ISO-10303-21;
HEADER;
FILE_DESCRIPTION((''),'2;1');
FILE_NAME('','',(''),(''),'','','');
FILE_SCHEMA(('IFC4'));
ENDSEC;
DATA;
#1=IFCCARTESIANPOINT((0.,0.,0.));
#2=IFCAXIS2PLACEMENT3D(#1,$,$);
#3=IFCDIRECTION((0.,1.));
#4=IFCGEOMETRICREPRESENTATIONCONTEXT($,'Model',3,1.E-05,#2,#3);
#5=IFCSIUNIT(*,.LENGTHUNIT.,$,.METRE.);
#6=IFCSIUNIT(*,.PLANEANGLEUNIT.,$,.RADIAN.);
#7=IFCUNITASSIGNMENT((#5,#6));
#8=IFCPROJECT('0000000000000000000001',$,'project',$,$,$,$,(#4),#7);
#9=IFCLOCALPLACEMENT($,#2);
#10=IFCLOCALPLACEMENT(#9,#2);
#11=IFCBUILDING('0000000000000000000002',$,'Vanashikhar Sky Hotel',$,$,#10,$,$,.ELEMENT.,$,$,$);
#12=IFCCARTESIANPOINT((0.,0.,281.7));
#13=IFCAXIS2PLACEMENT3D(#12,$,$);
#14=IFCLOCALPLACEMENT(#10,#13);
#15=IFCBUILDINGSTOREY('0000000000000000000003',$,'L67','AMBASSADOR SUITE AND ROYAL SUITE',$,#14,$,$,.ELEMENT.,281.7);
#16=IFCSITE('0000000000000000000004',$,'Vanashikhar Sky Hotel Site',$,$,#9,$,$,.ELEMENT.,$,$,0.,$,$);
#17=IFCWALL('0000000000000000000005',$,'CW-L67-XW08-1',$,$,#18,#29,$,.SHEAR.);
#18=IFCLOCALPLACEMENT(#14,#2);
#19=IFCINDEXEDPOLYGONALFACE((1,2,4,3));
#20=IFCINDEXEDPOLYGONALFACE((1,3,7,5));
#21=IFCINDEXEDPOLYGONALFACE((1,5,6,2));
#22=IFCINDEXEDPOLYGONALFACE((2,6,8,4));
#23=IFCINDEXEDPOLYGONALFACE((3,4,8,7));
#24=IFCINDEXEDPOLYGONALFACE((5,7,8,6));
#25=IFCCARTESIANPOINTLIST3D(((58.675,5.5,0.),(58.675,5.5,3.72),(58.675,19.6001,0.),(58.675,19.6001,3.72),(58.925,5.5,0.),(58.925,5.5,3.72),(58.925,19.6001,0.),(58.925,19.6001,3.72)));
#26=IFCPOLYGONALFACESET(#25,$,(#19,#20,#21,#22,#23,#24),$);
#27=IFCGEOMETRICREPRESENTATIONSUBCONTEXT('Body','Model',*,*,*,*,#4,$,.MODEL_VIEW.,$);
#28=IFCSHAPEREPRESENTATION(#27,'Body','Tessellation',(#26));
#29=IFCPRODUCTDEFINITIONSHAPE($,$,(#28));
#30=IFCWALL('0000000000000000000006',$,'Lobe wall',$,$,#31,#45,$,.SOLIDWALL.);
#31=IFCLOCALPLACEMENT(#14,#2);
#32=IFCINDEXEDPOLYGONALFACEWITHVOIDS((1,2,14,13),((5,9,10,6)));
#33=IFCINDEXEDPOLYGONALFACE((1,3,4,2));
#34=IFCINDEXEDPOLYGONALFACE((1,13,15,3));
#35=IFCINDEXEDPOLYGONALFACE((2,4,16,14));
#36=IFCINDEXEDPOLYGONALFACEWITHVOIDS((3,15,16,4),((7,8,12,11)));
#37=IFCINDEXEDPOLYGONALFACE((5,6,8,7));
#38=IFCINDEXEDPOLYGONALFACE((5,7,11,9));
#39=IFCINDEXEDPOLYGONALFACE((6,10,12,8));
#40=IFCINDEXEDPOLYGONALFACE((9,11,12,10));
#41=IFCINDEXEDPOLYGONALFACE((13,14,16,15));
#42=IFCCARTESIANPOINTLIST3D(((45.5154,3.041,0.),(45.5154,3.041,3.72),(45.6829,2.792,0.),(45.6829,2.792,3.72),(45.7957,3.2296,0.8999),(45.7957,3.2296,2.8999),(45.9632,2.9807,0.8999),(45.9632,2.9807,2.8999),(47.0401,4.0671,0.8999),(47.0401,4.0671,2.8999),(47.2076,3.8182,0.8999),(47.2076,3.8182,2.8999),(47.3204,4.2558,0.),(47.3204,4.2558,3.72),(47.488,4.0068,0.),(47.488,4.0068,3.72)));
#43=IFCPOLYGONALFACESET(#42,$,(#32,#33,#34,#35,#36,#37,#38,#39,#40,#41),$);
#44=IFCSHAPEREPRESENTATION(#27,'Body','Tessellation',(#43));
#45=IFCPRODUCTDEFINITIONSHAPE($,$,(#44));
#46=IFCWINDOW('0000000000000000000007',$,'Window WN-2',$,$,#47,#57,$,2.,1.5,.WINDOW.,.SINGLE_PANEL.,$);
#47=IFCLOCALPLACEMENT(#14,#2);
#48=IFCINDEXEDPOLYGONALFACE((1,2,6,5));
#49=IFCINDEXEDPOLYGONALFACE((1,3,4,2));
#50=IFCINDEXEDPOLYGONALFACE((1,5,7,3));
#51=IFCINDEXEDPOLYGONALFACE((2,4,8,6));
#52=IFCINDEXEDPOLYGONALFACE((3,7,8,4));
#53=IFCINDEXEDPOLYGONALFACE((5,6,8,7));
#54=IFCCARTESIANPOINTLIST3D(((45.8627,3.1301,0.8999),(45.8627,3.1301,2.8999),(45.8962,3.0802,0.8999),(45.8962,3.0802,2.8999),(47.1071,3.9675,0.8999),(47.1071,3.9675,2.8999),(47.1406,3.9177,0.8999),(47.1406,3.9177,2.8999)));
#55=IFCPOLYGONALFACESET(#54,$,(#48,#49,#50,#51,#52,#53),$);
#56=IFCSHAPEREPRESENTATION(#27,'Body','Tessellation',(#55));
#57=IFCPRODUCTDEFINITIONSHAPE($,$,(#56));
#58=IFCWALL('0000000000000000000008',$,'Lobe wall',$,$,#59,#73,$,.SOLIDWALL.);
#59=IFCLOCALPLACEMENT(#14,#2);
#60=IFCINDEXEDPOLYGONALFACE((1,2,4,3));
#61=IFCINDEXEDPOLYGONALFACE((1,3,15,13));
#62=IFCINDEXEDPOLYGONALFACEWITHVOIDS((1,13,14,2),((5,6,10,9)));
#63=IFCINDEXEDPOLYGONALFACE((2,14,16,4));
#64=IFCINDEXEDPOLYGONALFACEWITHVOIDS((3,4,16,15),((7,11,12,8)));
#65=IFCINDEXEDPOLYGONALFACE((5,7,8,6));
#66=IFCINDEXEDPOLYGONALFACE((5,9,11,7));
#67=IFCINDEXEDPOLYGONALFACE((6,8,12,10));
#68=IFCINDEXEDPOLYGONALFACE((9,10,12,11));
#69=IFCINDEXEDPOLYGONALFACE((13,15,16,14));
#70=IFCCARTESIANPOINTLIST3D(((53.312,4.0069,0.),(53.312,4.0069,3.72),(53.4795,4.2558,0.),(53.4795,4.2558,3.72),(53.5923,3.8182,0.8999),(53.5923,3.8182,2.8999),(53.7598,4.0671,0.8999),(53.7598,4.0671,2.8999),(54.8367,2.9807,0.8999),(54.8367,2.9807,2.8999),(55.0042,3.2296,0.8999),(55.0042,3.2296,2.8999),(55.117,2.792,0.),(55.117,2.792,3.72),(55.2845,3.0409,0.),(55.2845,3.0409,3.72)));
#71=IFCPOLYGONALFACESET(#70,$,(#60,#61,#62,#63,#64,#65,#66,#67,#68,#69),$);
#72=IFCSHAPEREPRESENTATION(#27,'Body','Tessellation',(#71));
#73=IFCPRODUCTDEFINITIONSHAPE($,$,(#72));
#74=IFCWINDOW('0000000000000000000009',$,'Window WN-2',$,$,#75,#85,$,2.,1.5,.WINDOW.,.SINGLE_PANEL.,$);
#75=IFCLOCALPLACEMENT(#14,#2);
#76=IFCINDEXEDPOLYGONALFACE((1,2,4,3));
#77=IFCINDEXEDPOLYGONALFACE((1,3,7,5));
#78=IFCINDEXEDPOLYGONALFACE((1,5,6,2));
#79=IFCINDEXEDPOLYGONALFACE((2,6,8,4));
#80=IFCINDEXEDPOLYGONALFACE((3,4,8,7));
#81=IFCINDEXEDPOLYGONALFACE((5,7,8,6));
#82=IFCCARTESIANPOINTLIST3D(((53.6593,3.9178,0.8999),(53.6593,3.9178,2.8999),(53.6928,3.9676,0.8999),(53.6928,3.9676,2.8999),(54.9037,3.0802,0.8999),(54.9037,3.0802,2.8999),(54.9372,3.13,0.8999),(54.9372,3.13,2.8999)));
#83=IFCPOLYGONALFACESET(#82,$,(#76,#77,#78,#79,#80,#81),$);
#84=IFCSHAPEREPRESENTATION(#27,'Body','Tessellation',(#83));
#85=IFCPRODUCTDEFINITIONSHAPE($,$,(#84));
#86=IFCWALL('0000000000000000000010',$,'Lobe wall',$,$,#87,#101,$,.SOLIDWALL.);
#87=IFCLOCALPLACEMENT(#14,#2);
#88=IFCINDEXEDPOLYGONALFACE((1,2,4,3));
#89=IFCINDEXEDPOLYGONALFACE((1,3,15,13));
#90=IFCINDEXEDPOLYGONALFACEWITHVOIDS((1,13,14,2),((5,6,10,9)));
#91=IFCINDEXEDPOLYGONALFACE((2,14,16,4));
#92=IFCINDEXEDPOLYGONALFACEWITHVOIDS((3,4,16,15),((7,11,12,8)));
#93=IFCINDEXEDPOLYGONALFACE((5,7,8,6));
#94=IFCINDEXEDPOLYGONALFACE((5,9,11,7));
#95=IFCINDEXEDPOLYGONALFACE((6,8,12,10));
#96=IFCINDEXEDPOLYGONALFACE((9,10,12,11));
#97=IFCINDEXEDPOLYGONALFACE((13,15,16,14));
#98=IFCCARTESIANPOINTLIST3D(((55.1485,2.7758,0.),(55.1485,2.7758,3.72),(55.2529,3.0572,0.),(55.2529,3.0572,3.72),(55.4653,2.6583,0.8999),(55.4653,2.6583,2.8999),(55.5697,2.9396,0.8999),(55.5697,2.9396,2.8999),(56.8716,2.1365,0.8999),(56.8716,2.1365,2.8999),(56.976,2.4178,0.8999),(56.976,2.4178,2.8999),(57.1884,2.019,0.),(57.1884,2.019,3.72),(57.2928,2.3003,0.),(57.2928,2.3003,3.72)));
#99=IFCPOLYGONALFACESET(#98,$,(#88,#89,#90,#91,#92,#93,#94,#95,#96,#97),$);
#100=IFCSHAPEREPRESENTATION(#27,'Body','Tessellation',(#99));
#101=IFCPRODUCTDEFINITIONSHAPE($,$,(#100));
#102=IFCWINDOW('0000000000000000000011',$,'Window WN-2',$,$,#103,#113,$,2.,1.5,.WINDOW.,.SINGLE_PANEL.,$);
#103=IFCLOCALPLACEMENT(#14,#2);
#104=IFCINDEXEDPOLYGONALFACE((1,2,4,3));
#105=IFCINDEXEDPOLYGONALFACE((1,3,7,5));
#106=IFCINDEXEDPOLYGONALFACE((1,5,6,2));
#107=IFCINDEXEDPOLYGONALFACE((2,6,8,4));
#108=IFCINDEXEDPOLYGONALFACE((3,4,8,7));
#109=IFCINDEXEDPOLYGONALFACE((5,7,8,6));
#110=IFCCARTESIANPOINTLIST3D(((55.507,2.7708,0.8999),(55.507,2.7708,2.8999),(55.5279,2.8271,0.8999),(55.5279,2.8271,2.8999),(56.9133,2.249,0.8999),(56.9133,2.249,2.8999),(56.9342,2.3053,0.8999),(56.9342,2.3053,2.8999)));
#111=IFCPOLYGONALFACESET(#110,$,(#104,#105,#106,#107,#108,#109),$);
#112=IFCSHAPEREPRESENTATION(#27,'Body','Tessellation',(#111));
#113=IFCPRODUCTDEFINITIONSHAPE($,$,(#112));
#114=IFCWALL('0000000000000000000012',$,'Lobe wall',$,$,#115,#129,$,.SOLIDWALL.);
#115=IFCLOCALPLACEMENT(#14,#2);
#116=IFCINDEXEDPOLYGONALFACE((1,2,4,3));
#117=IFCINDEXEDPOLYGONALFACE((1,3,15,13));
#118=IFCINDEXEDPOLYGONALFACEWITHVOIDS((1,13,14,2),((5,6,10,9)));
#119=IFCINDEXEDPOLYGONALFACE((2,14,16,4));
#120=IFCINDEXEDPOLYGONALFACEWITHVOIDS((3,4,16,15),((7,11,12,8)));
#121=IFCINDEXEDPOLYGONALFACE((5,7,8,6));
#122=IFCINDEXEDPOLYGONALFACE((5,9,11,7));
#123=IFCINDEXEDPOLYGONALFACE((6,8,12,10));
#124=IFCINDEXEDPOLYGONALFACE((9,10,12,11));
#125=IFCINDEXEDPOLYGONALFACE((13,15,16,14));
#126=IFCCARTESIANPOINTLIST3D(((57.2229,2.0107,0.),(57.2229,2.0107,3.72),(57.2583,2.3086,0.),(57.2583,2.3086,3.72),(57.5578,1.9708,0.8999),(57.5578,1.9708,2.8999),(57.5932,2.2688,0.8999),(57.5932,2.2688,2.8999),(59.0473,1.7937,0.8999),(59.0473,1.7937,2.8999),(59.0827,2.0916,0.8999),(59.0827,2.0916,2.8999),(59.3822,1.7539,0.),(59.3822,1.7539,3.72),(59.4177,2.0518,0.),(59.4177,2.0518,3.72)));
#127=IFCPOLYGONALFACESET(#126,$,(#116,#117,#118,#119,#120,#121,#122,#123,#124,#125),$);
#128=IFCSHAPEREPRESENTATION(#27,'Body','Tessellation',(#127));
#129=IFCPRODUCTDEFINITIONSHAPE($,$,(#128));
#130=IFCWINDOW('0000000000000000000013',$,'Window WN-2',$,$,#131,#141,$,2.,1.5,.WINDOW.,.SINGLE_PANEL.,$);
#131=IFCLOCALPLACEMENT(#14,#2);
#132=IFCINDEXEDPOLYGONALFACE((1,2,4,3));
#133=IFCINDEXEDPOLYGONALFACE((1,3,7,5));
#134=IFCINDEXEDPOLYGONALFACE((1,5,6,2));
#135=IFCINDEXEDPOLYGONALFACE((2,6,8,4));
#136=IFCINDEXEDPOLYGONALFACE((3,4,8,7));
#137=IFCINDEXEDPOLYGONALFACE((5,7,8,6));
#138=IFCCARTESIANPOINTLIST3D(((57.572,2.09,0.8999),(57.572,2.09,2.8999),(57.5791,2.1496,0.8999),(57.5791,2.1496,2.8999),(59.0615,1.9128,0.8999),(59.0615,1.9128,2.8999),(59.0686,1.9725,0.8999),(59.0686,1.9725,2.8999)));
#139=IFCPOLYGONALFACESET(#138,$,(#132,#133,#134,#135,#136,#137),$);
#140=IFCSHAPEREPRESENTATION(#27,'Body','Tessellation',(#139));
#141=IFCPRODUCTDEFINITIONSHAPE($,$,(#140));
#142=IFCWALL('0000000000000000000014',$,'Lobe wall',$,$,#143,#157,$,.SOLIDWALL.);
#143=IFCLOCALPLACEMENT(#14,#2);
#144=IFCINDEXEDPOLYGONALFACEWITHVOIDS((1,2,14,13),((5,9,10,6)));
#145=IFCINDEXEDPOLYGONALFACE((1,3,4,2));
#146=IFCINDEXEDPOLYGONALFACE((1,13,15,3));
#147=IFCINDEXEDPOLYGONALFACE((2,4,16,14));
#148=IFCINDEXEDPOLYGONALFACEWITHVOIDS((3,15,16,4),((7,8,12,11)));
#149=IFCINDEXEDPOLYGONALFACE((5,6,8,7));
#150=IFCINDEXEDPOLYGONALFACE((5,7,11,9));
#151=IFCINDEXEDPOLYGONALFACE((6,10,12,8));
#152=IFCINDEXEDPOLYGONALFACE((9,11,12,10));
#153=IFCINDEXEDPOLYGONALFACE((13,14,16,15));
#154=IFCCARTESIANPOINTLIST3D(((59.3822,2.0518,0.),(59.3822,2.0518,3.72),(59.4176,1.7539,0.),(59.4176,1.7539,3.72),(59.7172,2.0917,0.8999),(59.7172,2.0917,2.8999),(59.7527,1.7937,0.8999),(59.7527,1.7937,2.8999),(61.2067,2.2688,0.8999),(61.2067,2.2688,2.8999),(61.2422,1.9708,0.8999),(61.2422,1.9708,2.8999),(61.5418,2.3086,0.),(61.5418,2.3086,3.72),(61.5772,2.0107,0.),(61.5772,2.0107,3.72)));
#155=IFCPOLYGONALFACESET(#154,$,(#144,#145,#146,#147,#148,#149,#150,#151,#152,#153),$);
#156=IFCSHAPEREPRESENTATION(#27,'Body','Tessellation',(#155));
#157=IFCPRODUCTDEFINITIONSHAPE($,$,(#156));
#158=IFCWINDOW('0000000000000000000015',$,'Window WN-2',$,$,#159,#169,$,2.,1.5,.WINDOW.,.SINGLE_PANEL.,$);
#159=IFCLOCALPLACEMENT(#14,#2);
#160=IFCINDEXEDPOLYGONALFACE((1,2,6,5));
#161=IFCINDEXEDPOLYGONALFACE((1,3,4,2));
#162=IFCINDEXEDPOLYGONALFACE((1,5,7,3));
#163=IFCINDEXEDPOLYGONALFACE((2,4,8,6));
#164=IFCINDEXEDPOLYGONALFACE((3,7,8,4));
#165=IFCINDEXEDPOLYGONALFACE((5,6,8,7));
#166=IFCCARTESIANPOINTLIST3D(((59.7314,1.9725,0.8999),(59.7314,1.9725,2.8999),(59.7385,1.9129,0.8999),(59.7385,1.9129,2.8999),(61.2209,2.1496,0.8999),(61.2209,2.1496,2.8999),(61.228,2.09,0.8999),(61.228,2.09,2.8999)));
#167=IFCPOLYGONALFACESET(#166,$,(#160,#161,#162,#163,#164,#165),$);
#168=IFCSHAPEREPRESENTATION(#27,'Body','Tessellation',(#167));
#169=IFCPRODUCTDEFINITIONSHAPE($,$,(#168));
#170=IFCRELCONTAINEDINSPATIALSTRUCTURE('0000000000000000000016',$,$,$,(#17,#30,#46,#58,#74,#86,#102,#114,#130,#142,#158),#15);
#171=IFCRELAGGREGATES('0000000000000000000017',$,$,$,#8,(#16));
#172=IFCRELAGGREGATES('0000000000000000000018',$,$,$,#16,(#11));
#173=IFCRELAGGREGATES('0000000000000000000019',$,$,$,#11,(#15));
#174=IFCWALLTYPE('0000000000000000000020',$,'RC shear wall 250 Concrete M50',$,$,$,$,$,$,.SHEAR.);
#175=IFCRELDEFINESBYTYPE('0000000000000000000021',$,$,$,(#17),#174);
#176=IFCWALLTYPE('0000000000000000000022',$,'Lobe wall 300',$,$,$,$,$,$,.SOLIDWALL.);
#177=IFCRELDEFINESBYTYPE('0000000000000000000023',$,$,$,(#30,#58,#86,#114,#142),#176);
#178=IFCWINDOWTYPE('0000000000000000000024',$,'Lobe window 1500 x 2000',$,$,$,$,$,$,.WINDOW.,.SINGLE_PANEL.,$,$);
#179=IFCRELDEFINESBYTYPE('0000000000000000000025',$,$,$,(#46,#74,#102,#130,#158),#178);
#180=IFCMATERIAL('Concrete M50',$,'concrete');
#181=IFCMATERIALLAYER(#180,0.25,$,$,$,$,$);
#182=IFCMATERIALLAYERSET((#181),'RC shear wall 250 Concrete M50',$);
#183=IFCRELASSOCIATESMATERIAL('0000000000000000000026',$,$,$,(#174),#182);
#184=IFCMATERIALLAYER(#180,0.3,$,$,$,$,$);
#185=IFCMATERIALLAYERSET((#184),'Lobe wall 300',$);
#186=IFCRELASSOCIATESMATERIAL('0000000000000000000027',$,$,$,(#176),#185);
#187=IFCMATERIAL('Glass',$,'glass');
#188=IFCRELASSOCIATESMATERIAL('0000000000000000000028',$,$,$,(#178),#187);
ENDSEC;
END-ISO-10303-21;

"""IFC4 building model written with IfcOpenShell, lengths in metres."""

from ifc_helpers import new_model, si_unit, direction, frame, frame_2d, origin, place, context, subcontext, project, spatial, rectangle, extrude, source, transform, mapped, material, layer, layer_set, type_object, element, fill, save


model = new_model("IFC4")

# Units and contexts
model_context = context("Model", 3, precision=1e-05, world=origin(), true_north=direction((0.0, 1.0)))
body_context = subcontext(model_context, "Body", "Model", "MODEL_VIEW")
ifc_project = project(units=[si_unit("LENGTHUNIT", "METRE"), si_unit("PLANEANGLEUNIT", "RADIAN")], contexts=[model_context])

# Site, building, storey
site_placement = place(None, origin())
site = spatial("IfcSite", under=ifc_project, at=site_placement, Name="Vanashikhar Sky Hotel Site", CompositionType="ELEMENT", RefElevation=0.0)
building_placement = place(site_placement, origin())
building = spatial("IfcBuilding", under=site, at=building_placement, Name="Vanashikhar Sky Hotel", CompositionType="ELEMENT")
storey_placement = place(building_placement, frame((0.0, 0.0, 281.7)))
storey = spatial("IfcBuildingStorey", under=building, at=storey_placement, Name="L67", Description="AMBASSADOR SUITE AND ROYAL SUITE", CompositionType="ELEMENT", Elevation=281.7)

# Wall
ifc_material_1 = material(Name="Concrete M50", Category="concrete")
ifc_layer_1 = layer(ifc_material_1, 0.25)
ifc_layer_set_1 = layer_set([ifc_layer_1], Name="RC shear wall 250 Concrete M50")
wall_type_1 = type_object("IfcWallType", Name="RC shear wall 250 Concrete M50", PredefinedType="SHEAR", material=ifc_layer_set_1)
shared_shape_1 = source(origin(), body_context, "Body", "SweptSolid", [
    extrude(rectangle(XDim=14.1001, YDim=0.25, at=frame_2d((7.05, 0.0))), origin(), (0.0, 0.0, 1.0), 3.72),
])
wall_1_placement = place(storey_placement, frame((58.8, 5.5, 0.0), z_axis=(0.0, 0.0, 1.0), x_axis=(0.0, 1.0, 0.0)))
element("IfcWall", 1, at=wall_1_placement, inside=storey, type_object=wall_type_1, Name="CW-L67-XW08-1", PredefinedType="SHEAR", context=body_context, shape_type="MappedRepresentation", body=[
    mapped(shared_shape_1, transform((0.0, 0.0, 0.0), scale=1.0)),
])

# Walls, openings, windows
ifc_layer_2 = layer(ifc_material_1, 0.3)
ifc_layer_set_2 = layer_set([ifc_layer_2], Name="Lobe wall 300")
wall_type_2 = type_object("IfcWallType", Name="Lobe wall 300", PredefinedType="SOLIDWALL", material=ifc_layer_set_2)
shared_shape_2 = source(origin(), body_context, "Body", "SweptSolid", [
    extrude(rectangle(XDim=2.1758, YDim=0.3, at=frame_2d((1.0879, 0.0))), origin(), (0.0, 0.0, 1.0), 3.72),
])
wall_2_placement = place(storey_placement, frame((45.5991, 2.9165, 0.0), z_axis=(0.0, 0.0, 1.0), x_axis=(0.829626, 0.55832, 0.0)))
wall_2 = element("IfcWall", 2, at=wall_2_placement, inside=storey, type_object=wall_type_2, Name="Lobe wall", PredefinedType="SOLIDWALL", context=body_context, shape_type="MappedRepresentation", body=[
    mapped(shared_shape_2, transform((0.0, 0.0, 0.0), scale=1.0)),
])
shared_shape_3 = source(origin(), body_context, "Body", "SweptSolid", [
    extrude(rectangle(XDim=1.5, YDim=2.0, at=frame_2d((0.75, 1.0))), frame((0.0, 0.1602, 0.0), z_axis=(0.0, -1.0, 0.0), x_axis=(1.0, 0.0, 0.0)), (0.0, 0.0, 1.0), 0.3201),
])
opening_1_placement = place(wall_2_placement, frame((0.3379, 0.0, 0.8999)))
opening_1 = element("IfcOpeningElement", 3, at=opening_1_placement, cuts=wall_2, PredefinedType="OPENING", context=body_context, shape_type="MappedRepresentation", body=[
    mapped(shared_shape_3, transform((0.0, 0.0, 0.0), scale=1.0)),
])
ifc_material_2 = material(Name="Glass", Category="glass")
window_type = type_object("IfcWindowType", Name="Lobe window 1500 x 2000", PartitioningType="SINGLE_PANEL", PredefinedType="WINDOW", material=ifc_material_2)
shared_shape_4 = source(origin(), body_context, "Body", "SweptSolid", [
    extrude(rectangle(XDim=1.5, YDim=2.0, at=frame_2d((0.75, 1.0))), frame((0.0, 0.03, 0.0), z_axis=(0.0, -1.0, 0.0), x_axis=(1.0, 0.0, 0.0)), (0.0, 0.0, 1.0), 0.0601),
])
window_1_placement = place(opening_1_placement, origin())
window_1 = element("IfcWindow", 4, at=window_1_placement, inside=storey, type_object=window_type, Name="Window WN-2", OverallHeight=2.0, OverallWidth=1.5, PartitioningType="SINGLE_PANEL", PredefinedType="WINDOW", context=body_context, shape_type="MappedRepresentation", body=[
    mapped(shared_shape_4, transform((0.0, 0.0, 0.0), scale=1.0)),
])
fill(opening_1, window_1)
wall_3_placement = place(storey_placement, frame((53.3958, 4.1313, 0.0), z_axis=(0.0, 0.0, 1.0), x_axis=(0.829591, -0.558372, 0.0)))
wall_3 = element("IfcWall", 5, at=wall_3_placement, inside=storey, type_object=wall_type_2, Name="Lobe wall", PredefinedType="SOLIDWALL", context=body_context, shape_type="MappedRepresentation", body=[
    mapped(shared_shape_2, transform((0.0, 0.0, 0.0), scale=1.0)),
])
opening_2_placement = place(wall_3_placement, frame((0.3379, 0.0, 0.8999)))
opening_2 = element("IfcOpeningElement", 6, at=opening_2_placement, cuts=wall_3, PredefinedType="OPENING", context=body_context, shape_type="MappedRepresentation", body=[
    mapped(shared_shape_3, transform((0.0, 0.0, 0.0), scale=1.0)),
])
window_2_placement = place(opening_2_placement, origin())
window_2 = element("IfcWindow", 7, at=window_2_placement, inside=storey, type_object=window_type, Name="Window WN-2", OverallHeight=2.0, OverallWidth=1.5, PartitioningType="SINGLE_PANEL", PredefinedType="WINDOW", context=body_context, shape_type="MappedRepresentation", body=[
    mapped(shared_shape_4, transform((0.0, 0.0, 0.0), scale=1.0)),
])
fill(opening_2, window_2)
wall_4_placement = place(storey_placement, frame((55.2007, 2.9165, 0.0), z_axis=(0.0, 0.0, 1.0), x_axis=(0.937546, -0.347863, 0.0)))
wall_4 = element("IfcWall", 8, at=wall_4_placement, inside=storey, type_object=wall_type_2, Name="Lobe wall", PredefinedType="SOLIDWALL", context=body_context, shape_type="MappedRepresentation", body=[
    mapped(shared_shape_2, transform((0.0, 0.0, 0.0), scale=1.0)),
])
opening_3_placement = place(wall_4_placement, frame((0.3379, 0.0, 0.8999)))
opening_3 = element("IfcOpeningElement", 9, at=opening_3_placement, cuts=wall_4, PredefinedType="OPENING", context=body_context, shape_type="MappedRepresentation", body=[
    mapped(shared_shape_3, transform((0.0, 0.0, 0.0), scale=1.0)),
])
window_3_placement = place(opening_3_placement, origin())
window_3 = element("IfcWindow", 10, at=window_3_placement, inside=storey, type_object=window_type, Name="Window WN-2", OverallHeight=2.0, OverallWidth=1.5, PartitioningType="SINGLE_PANEL", PredefinedType="WINDOW", context=body_context, shape_type="MappedRepresentation", body=[
    mapped(shared_shape_4, transform((0.0, 0.0, 0.0), scale=1.0)),
])
fill(opening_3, window_3)
shared_shape_5 = source(origin(), body_context, "Body", "SweptSolid", [
    extrude(rectangle(XDim=2.1746, YDim=0.3, at=frame_2d((1.0874, 0.0))), origin(), (0.0, 0.0, 1.0), 3.72),
])
wall_5_placement = place(storey_placement, frame((57.2405, 2.1597, 0.0), z_axis=(0.0, 0.0, 1.0), x_axis=(0.993001, -0.118105, 0.0)))
wall_5 = element("IfcWall", 11, at=wall_5_placement, inside=storey, type_object=wall_type_2, Name="Lobe wall", PredefinedType="SOLIDWALL", context=body_context, shape_type="MappedRepresentation", body=[
    mapped(shared_shape_5, transform((0.0, 0.0, 0.0), scale=1.0)),
])
opening_4_placement = place(wall_5_placement, frame((0.3374, 0.0, 0.8999)))
opening_4 = element("IfcOpeningElement", 12, at=opening_4_placement, cuts=wall_5, PredefinedType="OPENING", context=body_context, shape_type="MappedRepresentation", body=[
    mapped(shared_shape_3, transform((0.0, 0.0, 0.0), scale=1.0)),
])
window_4_placement = place(opening_4_placement, origin())
window_4 = element("IfcWindow", 13, at=window_4_placement, inside=storey, type_object=window_type, Name="Window WN-2", OverallHeight=2.0, OverallWidth=1.5, PartitioningType="SINGLE_PANEL", PredefinedType="WINDOW", context=body_context, shape_type="MappedRepresentation", body=[
    mapped(shared_shape_4, transform((0.0, 0.0, 0.0), scale=1.0)),
])
fill(opening_4, window_4)
shared_shape_6 = source(origin(), body_context, "Body", "SweptSolid", [
    extrude(rectangle(XDim=2.1748, YDim=0.3, at=frame_2d((1.0874, 0.0))), origin(), (0.0, 0.0, 1.0), 3.72),
])
wall_6_placement = place(storey_placement, frame((59.3999, 1.9028, 0.0), z_axis=(0.0, 0.0, 1.0), x_axis=(0.993003, 0.118092, 0.0)))
wall_6 = element("IfcWall", 14, at=wall_6_placement, inside=storey, type_object=wall_type_2, Name="Lobe wall", PredefinedType="SOLIDWALL", context=body_context, shape_type="MappedRepresentation", body=[
    mapped(shared_shape_6, transform((0.0, 0.0, 0.0), scale=1.0)),
])
opening_5_placement = place(wall_6_placement, frame((0.3374, 0.0, 0.8999)))
opening_5 = element("IfcOpeningElement", 15, at=opening_5_placement, cuts=wall_6, PredefinedType="OPENING", context=body_context, shape_type="MappedRepresentation", body=[
    mapped(shared_shape_3, transform((0.0, 0.0, 0.0), scale=1.0)),
])
window_5_placement = place(opening_5_placement, origin())
window_5 = element("IfcWindow", 16, at=window_5_placement, inside=storey, type_object=window_type, Name="Window WN-2", OverallHeight=2.0, OverallWidth=1.5, PartitioningType="SINGLE_PANEL", PredefinedType="WINDOW", context=body_context, shape_type="MappedRepresentation", body=[
    mapped(shared_shape_4, transform((0.0, 0.0, 0.0), scale=1.0)),
])
fill(opening_5, window_5)

save(model, "model.ifc")
